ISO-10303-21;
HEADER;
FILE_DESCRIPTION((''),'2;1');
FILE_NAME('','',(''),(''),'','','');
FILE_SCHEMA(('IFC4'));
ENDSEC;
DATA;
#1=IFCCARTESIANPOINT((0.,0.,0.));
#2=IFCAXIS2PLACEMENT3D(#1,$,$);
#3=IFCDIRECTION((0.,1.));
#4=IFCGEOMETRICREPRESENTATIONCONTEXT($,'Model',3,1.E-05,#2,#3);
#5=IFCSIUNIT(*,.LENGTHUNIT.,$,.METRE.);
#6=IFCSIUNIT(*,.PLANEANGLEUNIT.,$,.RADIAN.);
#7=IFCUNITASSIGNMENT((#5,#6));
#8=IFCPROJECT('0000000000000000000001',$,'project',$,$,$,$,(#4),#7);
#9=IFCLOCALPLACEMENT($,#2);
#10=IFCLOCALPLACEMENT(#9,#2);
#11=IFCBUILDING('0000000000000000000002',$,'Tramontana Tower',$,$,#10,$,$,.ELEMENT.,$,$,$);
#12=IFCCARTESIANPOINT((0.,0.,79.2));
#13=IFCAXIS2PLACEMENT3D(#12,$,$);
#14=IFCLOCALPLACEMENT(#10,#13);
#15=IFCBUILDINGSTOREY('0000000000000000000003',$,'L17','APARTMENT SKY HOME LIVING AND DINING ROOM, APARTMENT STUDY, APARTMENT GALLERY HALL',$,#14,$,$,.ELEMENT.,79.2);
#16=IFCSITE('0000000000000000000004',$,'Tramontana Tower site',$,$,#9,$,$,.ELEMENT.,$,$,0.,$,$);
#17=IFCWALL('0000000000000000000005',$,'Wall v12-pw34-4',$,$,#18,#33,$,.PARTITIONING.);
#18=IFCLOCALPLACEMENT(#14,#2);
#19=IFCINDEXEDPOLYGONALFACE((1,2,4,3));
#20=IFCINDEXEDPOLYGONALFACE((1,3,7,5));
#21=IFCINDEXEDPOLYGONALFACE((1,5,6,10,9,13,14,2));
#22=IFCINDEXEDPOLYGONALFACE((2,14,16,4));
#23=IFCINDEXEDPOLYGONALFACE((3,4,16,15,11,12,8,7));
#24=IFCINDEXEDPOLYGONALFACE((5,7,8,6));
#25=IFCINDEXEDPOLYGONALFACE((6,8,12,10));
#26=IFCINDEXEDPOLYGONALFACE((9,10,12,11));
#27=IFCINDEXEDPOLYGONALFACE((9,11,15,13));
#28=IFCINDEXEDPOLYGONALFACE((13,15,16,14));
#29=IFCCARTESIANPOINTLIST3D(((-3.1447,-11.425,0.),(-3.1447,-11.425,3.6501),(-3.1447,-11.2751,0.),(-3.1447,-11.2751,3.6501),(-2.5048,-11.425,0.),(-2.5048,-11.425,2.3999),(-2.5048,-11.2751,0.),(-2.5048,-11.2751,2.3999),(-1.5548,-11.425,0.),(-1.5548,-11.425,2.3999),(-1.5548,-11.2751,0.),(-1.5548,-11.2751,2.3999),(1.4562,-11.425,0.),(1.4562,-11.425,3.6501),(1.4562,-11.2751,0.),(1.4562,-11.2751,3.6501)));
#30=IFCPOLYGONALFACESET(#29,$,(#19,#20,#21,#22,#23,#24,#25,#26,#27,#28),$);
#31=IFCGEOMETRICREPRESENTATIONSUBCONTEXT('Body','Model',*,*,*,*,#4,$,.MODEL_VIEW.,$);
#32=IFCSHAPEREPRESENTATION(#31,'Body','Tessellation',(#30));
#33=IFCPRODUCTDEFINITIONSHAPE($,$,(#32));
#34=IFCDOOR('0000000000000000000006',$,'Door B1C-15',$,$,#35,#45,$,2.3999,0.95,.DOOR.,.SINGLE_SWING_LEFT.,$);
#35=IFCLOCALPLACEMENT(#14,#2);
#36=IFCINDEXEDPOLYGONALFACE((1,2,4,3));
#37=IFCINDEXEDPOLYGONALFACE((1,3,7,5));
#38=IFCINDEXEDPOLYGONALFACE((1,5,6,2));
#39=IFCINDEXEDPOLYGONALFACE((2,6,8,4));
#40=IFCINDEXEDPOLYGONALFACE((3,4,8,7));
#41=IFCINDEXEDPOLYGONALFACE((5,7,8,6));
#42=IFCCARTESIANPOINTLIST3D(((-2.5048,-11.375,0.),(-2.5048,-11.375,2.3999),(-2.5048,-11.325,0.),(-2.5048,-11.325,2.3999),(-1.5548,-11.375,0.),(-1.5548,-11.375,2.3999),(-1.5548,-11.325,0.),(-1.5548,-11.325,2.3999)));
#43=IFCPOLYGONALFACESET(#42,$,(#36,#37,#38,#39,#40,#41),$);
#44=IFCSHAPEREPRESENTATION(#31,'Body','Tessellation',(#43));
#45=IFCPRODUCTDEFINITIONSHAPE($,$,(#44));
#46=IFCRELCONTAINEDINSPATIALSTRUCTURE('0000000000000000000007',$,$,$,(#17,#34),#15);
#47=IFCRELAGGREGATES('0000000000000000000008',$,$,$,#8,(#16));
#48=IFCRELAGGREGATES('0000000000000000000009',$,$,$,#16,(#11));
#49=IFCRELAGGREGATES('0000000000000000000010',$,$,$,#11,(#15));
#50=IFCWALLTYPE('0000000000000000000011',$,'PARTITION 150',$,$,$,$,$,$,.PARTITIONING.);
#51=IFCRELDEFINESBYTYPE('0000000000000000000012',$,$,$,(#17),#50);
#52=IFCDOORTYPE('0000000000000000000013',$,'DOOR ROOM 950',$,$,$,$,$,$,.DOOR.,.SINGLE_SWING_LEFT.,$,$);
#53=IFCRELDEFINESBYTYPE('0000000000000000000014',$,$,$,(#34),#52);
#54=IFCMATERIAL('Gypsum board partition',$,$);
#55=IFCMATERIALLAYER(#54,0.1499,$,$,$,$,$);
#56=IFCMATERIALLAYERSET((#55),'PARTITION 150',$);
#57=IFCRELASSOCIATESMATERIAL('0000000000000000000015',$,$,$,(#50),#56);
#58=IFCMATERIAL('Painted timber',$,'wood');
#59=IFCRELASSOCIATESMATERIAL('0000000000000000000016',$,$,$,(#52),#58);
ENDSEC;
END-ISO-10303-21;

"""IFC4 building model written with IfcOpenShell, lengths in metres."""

from ifc_helpers import new_model, si_unit, direction, frame, frame_2d, origin, place, context, subcontext, project, spatial, rectangle, extrude, material, layer, layer_set, type_object, element, fill, save


model = new_model("IFC4")

# Units and contexts
model_context = context("Model", 3, precision=1e-05, world=origin(), true_north=direction((0.0, 1.0)))
body_context = subcontext(model_context, "Body", "Model", "MODEL_VIEW")
ifc_project = project(units=[si_unit("LENGTHUNIT", "METRE"), si_unit("PLANEANGLEUNIT", "RADIAN")], contexts=[model_context])

# Site, building, storey
site_placement = place(None, origin())
site = spatial("IfcSite", under=ifc_project, at=site_placement, Name="Tramontana Tower site", CompositionType="ELEMENT", RefElevation=0.0)
building_placement = place(site_placement, origin())
building = spatial("IfcBuilding", under=site, at=building_placement, Name="Tramontana Tower", CompositionType="ELEMENT")
storey_placement = place(building_placement, frame((0.0, 0.0, 79.2)))
storey = spatial("IfcBuildingStorey", under=building, at=storey_placement, Name="L17", Description="APARTMENT SKY HOME LIVING AND DINING ROOM, APARTMENT STUDY, APARTMENT GALLERY HALL", CompositionType="ELEMENT", Elevation=79.2)

# Shared definitions
ifc_material_1 = material(Name="Gypsum board partition")
ifc_layer_1 = layer(ifc_material_1, 0.1499)
ifc_layer_set_1 = layer_set([ifc_layer_1], Name="PARTITION 150")
wall_type_1 = type_object("IfcWallType", Name="PARTITION 150", PredefinedType="PARTITIONING", material=ifc_layer_set_1)

# Wall, opening, door
wall_1_placement = place(storey_placement, frame((1.4561, -11.3501, 0.0), z_axis=(0.0, 0.0, 1.0), x_axis=(-1.0, 0.0, 0.0)))
wall_1 = element("IfcWall", 1, at=wall_1_placement, inside=storey, type_object=wall_type_1, Name="Wall v12-pw34-4", PredefinedType="PARTITIONING", context=body_context, shape_type="SweptSolid", body=[
    extrude(rectangle(XDim=4.6008, YDim=0.1499, at=frame_2d((2.3003, 0.0))), origin(), (0.0, 0.0, 1.0), 3.6501),
])
opening_1_placement = place(wall_1_placement, frame((3.0107, 0.0, 0.0)))
opening_1 = element("IfcOpeningElement", 2, at=opening_1_placement, cuts=wall_1, PredefinedType="OPENING", context=body_context, shape_type="SweptSolid", body=[
    extrude(rectangle(XDim=0.95, YDim=2.3999, at=frame_2d((0.4751, 1.2))), frame((0.0, 0.085, 0.0), z_axis=(0.0, -1.0, 0.0), x_axis=(1.0, 0.0, 0.0)), (0.0, 0.0, 1.0), 0.1699),
])
ifc_material_2 = material(Name="Painted timber", Category="wood")
door_type_1 = type_object("IfcDoorType", Name="DOOR ROOM 950", OperationType="SINGLE_SWING_LEFT", PredefinedType="DOOR", material=ifc_material_2)
door_1_placement = place(opening_1_placement, origin())
door_1 = element("IfcDoor", 3, at=door_1_placement, inside=storey, type_object=door_type_1, Name="Door B1C-15", OperationType="SINGLE_SWING_LEFT", OverallHeight=2.3999, OverallWidth=0.95, PredefinedType="DOOR", context=body_context, shape_type="SweptSolid", body=[
    extrude(rectangle(XDim=0.95, YDim=2.3999, at=frame_2d((0.4751, 1.2))), frame((0.0, 0.0249, 0.0), z_axis=(0.0, -1.0, 0.0), x_axis=(1.0, 0.0, 0.0)), (0.0, 0.0, 1.0), 0.05),
])
fill(opening_1, door_1)

save(model, "model.ifc")
